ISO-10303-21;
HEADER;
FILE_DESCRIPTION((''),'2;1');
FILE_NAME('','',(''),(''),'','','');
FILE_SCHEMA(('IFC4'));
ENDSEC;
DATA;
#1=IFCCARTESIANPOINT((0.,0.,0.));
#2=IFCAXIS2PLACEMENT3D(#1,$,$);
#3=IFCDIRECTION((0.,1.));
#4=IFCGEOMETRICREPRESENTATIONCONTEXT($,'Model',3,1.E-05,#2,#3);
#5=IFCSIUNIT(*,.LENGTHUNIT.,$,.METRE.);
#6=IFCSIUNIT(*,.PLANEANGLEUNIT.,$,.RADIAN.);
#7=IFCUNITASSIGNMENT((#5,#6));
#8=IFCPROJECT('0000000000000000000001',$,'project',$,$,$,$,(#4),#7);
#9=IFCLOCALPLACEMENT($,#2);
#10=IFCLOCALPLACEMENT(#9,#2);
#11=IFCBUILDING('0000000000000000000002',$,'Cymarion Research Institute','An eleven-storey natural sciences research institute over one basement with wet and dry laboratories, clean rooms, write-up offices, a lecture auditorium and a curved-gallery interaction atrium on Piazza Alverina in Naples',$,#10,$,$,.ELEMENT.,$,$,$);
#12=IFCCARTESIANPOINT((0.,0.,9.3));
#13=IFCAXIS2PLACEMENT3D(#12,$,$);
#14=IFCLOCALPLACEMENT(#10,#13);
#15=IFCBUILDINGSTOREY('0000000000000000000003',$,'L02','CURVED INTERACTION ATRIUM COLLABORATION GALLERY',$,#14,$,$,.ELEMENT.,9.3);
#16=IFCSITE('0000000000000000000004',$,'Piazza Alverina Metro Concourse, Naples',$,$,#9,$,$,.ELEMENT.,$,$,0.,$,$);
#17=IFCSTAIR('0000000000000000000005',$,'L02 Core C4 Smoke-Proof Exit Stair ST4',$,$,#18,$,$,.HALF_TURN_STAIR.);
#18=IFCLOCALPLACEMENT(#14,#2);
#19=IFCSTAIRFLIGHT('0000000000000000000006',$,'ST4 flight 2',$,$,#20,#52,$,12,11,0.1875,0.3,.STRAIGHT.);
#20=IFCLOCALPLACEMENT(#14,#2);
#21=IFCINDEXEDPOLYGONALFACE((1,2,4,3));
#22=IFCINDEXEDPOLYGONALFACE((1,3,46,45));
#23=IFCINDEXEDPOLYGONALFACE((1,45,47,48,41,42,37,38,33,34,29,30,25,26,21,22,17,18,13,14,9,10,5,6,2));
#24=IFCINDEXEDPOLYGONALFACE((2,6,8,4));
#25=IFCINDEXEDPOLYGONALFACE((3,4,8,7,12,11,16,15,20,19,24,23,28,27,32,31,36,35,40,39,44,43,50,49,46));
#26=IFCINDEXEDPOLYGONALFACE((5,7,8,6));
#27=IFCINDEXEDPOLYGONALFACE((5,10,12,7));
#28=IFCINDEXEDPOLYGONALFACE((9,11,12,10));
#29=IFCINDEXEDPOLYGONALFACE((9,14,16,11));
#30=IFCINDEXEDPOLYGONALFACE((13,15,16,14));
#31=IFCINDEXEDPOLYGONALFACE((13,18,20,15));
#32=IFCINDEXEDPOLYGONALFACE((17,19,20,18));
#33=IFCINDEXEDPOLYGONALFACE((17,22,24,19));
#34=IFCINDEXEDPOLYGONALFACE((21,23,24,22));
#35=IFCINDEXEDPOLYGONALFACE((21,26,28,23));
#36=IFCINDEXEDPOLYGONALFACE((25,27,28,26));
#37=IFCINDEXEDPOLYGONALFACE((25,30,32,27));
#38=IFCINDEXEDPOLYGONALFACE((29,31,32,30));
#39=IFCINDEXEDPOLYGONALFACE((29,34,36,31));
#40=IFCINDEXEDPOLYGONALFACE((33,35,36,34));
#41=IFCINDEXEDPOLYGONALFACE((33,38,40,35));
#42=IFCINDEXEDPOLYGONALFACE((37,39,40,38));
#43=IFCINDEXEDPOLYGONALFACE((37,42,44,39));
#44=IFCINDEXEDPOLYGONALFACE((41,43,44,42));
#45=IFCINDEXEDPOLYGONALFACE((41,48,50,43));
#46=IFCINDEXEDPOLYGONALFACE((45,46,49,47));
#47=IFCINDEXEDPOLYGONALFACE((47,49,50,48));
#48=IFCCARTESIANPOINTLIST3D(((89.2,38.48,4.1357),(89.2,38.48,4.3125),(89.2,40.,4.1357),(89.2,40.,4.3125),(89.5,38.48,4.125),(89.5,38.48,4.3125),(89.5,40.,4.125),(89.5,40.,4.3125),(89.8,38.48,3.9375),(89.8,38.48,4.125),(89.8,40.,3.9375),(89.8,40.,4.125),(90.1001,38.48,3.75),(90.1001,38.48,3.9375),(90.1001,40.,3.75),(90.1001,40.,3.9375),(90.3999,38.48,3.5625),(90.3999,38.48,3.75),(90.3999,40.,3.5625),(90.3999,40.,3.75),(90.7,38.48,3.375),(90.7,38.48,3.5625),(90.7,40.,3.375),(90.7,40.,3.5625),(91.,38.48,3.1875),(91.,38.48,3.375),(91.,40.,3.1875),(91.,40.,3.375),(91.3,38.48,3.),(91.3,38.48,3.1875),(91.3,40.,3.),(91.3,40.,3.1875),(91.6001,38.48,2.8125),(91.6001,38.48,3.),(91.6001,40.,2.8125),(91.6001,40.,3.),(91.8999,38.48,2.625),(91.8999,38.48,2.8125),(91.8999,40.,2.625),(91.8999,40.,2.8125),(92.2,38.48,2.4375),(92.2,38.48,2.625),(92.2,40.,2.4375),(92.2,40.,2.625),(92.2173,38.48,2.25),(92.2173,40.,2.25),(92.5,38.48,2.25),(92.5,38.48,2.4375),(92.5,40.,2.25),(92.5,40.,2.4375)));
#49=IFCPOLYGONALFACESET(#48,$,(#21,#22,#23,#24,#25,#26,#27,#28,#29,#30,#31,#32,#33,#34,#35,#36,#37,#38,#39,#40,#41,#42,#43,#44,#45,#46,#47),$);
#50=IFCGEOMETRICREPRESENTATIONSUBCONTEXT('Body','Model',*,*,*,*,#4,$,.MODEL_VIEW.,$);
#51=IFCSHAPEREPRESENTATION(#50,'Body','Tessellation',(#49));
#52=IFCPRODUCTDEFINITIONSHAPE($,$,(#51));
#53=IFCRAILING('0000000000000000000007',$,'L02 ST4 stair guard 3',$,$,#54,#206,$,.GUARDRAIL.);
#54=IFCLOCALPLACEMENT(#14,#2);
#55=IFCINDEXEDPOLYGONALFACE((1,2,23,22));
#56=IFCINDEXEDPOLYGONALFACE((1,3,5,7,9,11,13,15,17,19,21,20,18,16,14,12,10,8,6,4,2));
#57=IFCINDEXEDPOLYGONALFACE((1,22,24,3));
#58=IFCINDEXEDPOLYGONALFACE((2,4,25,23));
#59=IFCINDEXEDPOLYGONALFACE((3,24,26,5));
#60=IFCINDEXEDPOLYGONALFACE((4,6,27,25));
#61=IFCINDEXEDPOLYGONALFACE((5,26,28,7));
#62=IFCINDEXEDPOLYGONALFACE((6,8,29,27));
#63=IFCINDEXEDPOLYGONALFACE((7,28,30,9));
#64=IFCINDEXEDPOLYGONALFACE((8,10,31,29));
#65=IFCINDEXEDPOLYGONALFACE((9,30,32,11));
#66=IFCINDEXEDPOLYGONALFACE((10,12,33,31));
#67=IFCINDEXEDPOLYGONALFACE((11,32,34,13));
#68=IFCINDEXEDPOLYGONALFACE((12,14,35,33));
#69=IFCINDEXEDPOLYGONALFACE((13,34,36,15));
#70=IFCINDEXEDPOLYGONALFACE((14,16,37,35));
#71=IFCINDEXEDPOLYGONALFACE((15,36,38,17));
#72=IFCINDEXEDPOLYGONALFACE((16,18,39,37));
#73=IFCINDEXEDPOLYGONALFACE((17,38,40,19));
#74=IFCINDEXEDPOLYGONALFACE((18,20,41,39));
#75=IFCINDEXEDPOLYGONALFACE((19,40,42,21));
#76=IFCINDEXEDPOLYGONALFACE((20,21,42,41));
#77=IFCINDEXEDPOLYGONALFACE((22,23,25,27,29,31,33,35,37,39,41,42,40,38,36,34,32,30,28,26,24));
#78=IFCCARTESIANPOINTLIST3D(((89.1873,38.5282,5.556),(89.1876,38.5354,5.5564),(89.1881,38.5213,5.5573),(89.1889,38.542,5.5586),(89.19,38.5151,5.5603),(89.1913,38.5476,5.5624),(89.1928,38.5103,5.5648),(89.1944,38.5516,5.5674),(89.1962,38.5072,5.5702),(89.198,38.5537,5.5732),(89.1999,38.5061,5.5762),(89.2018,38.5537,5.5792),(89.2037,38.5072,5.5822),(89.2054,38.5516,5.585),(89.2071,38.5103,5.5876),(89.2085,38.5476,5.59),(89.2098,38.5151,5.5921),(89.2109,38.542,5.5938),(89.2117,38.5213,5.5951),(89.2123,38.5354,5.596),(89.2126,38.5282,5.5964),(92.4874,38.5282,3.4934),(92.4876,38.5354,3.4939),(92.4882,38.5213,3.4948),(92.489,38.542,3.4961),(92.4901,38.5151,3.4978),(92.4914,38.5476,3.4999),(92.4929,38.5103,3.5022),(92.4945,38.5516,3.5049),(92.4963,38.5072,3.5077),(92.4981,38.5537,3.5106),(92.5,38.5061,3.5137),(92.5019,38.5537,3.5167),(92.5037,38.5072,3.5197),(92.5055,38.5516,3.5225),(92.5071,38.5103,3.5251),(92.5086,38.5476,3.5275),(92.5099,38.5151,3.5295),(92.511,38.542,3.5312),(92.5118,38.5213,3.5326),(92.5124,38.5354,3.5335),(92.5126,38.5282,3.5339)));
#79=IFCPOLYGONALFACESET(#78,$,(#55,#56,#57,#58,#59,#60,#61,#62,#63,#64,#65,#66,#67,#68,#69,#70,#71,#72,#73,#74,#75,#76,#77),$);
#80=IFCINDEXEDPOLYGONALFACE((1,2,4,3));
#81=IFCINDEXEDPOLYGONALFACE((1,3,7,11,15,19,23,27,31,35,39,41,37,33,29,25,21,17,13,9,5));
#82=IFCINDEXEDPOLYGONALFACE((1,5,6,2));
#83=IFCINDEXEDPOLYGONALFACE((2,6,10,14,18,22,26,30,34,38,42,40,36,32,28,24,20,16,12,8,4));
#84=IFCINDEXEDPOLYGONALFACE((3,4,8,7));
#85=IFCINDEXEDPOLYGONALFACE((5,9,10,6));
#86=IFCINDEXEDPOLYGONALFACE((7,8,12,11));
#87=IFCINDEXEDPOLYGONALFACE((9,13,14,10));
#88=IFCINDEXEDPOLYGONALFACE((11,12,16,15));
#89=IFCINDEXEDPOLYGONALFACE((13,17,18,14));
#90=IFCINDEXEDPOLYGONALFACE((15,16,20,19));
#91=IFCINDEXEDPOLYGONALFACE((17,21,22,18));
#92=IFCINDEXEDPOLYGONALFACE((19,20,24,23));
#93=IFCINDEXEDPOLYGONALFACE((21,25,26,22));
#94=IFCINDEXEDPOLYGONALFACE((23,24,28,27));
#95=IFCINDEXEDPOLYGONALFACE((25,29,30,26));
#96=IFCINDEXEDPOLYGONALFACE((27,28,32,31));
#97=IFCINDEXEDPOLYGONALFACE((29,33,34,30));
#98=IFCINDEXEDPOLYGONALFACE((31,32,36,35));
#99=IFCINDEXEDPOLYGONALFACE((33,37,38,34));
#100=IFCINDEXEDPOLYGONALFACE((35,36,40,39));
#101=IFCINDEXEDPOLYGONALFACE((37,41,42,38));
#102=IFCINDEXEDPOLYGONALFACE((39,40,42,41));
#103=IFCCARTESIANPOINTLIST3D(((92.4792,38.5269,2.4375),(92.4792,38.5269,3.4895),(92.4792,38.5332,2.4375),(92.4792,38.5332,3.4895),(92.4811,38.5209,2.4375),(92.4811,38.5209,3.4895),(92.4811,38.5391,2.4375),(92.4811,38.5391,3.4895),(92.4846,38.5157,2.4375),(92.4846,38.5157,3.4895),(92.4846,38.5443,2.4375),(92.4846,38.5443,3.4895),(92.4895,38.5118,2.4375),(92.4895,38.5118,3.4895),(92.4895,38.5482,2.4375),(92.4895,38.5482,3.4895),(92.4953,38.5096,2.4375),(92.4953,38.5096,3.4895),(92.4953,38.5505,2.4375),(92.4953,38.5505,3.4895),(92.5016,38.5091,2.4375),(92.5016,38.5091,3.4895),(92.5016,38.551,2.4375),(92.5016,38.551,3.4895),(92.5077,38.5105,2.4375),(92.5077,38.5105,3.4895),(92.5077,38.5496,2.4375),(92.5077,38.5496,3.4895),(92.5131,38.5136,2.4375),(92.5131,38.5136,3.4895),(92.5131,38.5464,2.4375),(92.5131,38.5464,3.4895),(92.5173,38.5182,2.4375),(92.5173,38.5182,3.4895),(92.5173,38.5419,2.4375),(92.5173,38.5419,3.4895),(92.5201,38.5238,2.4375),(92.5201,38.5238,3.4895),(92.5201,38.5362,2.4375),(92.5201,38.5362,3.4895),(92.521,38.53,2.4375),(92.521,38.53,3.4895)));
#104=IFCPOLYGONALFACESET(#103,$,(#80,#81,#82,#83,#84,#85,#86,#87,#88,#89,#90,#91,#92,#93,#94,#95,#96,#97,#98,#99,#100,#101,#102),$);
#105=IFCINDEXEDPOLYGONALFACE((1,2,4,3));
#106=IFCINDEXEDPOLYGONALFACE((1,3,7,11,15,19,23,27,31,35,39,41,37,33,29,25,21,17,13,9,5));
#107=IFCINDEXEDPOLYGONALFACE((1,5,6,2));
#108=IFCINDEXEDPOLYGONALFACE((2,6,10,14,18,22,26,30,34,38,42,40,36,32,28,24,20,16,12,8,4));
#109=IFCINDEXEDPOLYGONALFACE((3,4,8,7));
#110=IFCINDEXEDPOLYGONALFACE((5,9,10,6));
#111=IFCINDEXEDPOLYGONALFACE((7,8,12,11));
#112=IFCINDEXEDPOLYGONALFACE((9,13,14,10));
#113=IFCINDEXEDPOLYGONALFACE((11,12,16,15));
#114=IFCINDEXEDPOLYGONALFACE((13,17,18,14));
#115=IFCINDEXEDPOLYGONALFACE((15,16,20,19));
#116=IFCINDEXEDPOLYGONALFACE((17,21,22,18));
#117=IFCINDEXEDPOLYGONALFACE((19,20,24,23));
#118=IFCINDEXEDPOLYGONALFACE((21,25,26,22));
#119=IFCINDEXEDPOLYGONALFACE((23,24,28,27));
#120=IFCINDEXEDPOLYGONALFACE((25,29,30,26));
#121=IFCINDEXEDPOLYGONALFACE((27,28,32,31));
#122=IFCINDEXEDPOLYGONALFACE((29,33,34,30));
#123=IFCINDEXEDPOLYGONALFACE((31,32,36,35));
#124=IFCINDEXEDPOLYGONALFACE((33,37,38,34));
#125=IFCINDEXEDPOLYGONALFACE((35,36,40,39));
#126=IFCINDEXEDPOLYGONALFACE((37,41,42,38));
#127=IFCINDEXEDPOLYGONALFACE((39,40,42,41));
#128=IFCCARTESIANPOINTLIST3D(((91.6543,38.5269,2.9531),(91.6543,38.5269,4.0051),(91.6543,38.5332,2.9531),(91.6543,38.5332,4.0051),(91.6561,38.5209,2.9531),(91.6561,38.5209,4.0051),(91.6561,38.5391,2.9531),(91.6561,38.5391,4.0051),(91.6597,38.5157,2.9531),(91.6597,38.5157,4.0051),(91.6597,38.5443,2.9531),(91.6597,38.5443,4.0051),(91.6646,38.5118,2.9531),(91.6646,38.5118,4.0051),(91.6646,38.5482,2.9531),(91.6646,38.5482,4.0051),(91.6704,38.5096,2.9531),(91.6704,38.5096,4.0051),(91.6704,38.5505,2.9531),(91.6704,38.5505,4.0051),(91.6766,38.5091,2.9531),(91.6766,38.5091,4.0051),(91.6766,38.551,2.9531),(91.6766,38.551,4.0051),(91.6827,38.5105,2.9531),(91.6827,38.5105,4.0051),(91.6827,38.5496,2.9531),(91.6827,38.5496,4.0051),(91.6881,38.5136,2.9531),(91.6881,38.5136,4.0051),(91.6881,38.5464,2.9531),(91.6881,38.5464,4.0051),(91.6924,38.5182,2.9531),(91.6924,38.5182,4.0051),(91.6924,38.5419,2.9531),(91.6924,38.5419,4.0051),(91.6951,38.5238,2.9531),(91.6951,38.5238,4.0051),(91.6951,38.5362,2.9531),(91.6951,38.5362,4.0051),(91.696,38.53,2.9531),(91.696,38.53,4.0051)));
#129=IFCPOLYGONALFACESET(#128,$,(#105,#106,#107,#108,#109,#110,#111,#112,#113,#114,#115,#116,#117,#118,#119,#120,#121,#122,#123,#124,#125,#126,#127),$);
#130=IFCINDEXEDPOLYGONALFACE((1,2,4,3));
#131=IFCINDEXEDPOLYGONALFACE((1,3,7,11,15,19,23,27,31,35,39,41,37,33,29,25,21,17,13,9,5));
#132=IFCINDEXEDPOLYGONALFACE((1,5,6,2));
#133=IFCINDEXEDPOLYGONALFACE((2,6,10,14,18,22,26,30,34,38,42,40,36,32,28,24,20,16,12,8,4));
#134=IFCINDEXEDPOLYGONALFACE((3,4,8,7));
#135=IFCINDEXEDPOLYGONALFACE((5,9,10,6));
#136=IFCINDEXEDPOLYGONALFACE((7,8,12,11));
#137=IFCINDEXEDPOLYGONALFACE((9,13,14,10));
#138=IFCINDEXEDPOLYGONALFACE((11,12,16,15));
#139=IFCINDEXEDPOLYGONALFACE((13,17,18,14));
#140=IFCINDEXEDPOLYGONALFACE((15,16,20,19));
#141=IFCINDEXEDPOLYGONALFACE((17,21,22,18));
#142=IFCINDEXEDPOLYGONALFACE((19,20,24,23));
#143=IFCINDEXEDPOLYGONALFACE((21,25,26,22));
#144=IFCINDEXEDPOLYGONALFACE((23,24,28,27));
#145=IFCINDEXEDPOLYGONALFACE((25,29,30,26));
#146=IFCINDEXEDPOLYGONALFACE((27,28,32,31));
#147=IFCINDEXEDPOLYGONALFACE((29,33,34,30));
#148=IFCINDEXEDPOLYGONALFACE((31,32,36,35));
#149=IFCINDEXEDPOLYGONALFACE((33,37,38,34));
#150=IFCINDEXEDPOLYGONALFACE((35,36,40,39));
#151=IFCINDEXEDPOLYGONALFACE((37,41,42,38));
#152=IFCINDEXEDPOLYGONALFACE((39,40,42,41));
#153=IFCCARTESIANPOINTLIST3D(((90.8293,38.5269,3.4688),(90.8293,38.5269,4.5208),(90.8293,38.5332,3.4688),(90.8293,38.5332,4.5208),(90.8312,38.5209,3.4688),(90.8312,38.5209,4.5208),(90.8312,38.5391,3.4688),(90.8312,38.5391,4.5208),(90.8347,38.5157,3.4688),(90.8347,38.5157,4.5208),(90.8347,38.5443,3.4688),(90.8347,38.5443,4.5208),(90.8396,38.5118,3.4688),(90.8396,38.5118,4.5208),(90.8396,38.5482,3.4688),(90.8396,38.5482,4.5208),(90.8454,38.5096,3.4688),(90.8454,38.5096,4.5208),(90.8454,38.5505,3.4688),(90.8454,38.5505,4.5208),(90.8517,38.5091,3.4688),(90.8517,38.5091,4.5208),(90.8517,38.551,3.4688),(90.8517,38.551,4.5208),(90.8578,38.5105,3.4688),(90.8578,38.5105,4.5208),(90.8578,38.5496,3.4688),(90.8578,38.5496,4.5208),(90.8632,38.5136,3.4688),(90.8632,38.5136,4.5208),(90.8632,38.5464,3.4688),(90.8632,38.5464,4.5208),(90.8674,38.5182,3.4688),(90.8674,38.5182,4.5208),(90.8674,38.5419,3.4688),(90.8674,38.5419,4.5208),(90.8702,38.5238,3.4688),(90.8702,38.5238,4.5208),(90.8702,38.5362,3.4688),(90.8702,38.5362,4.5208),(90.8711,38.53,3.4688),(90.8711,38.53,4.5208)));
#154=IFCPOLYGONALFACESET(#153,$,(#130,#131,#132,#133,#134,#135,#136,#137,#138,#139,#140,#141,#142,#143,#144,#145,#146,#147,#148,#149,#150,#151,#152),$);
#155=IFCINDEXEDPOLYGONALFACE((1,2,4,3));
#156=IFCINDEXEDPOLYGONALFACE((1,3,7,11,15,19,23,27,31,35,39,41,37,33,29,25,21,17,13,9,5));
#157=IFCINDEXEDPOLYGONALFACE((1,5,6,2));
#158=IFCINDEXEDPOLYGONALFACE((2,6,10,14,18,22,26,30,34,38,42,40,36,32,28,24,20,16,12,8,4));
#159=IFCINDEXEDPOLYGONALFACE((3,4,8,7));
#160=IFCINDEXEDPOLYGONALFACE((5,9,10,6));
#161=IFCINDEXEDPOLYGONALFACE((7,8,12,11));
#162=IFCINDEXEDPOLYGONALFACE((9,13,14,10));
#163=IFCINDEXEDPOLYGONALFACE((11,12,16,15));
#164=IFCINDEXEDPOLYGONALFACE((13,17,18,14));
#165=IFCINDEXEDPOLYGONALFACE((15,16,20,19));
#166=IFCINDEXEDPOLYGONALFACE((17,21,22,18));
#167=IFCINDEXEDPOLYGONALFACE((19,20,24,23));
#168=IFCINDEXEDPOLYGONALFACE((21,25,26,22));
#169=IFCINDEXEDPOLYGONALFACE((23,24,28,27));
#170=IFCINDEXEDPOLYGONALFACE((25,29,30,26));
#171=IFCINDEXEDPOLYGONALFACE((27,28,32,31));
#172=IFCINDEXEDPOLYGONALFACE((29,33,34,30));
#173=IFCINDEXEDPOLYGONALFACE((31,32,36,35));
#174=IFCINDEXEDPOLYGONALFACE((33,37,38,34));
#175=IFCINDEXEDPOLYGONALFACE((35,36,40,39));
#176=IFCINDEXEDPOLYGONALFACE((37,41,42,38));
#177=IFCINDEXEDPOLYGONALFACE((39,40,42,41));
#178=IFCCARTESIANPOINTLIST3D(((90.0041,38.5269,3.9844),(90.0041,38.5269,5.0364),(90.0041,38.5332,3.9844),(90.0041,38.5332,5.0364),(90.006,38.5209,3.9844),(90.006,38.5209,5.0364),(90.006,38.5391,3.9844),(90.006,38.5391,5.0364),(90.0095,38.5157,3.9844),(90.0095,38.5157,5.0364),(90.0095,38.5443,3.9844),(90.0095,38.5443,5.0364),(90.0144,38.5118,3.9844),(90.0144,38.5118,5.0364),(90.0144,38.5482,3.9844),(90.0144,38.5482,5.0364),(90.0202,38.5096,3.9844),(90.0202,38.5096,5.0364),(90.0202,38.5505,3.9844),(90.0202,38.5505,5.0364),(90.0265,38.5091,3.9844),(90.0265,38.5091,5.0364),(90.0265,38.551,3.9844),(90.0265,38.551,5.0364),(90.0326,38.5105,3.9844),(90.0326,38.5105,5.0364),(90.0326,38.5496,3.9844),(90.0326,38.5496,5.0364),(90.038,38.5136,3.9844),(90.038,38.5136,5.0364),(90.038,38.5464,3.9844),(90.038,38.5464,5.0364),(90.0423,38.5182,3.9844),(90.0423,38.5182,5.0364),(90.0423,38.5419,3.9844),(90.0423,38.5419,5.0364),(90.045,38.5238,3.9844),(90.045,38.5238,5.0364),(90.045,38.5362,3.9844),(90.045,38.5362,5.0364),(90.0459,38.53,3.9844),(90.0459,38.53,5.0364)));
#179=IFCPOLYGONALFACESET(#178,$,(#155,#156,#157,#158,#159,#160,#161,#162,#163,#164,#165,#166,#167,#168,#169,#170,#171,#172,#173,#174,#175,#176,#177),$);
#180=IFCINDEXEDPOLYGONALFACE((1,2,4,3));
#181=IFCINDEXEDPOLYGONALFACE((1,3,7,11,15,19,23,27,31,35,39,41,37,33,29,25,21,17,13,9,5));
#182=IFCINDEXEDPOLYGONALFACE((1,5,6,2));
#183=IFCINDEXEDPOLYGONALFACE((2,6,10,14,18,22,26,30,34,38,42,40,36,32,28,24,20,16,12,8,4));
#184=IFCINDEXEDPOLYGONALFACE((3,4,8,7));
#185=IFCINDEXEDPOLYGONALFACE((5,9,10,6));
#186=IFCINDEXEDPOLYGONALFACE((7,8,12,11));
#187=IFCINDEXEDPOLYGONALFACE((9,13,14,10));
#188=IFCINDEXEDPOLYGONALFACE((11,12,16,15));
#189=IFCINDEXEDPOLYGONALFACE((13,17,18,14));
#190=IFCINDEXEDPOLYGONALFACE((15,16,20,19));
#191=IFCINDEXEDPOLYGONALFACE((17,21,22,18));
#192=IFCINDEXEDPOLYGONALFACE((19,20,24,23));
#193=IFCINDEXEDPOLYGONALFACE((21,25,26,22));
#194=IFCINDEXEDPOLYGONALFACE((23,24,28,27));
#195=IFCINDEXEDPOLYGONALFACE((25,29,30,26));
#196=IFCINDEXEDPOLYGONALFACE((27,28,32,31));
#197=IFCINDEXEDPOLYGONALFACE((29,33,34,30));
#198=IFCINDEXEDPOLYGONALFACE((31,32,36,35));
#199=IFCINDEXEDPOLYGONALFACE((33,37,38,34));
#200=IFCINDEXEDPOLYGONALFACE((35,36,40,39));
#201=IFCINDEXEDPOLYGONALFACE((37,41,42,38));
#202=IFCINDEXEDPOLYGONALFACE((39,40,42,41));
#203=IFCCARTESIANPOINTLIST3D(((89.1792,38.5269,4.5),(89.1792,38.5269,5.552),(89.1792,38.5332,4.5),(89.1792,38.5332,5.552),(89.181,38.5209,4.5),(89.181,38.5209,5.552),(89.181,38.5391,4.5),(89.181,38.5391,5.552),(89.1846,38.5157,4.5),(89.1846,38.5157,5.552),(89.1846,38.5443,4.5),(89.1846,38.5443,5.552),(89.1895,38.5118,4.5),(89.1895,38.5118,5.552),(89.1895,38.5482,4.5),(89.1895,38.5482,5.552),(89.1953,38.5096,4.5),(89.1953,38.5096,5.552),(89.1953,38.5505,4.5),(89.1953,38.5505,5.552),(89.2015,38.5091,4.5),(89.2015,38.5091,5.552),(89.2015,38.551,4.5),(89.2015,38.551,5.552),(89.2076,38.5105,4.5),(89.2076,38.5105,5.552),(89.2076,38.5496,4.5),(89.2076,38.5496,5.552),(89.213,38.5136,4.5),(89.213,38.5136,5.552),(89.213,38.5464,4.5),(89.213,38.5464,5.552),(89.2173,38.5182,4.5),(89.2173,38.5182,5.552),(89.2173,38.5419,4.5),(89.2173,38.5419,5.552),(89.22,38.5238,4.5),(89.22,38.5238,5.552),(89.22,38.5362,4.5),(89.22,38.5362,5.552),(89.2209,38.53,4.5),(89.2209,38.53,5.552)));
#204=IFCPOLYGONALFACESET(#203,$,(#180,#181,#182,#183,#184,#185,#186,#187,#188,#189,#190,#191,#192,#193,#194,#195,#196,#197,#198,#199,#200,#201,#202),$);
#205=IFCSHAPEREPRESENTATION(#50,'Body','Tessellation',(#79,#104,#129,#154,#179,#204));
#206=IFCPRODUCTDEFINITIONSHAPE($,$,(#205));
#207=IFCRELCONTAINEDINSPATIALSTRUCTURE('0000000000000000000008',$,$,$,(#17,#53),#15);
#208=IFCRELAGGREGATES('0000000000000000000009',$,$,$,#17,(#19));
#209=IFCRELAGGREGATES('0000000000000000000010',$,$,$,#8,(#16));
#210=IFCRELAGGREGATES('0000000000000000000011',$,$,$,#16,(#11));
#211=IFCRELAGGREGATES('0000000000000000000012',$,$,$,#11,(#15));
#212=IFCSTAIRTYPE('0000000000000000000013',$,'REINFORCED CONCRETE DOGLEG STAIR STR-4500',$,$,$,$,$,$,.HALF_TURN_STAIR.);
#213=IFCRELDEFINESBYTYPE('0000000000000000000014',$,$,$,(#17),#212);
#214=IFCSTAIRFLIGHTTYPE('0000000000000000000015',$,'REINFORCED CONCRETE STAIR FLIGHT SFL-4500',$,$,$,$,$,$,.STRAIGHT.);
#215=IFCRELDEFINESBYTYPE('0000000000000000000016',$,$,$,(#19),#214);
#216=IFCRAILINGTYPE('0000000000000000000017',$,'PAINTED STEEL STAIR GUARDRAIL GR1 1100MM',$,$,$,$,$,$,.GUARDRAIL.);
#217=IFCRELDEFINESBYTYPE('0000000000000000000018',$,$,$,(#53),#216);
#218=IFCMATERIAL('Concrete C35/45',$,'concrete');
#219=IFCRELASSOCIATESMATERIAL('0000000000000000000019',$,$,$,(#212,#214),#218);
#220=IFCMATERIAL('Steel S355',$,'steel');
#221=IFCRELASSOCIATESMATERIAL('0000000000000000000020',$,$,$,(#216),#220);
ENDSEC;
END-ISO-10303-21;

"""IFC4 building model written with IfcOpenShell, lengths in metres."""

from ifc_helpers import new_model, si_unit, direction, frame, origin, origin_2d, place, context, subcontext, project, spatial, polyline, circle, outline, extrude, material, type_object, element, aggregate, save


model = new_model("IFC4")

# Units and contexts
model_context = context("Model", 3, precision=1e-05, world=origin(), true_north=direction((0.0, 1.0)))
body_context = subcontext(model_context, "Body", "Model", "MODEL_VIEW")
ifc_project = project(units=[si_unit("LENGTHUNIT", "METRE"), si_unit("PLANEANGLEUNIT", "RADIAN")], contexts=[model_context])

# Site, building, storey
site_placement = place(None, origin())
site = spatial("IfcSite", under=ifc_project, at=site_placement, Name="Piazza Alverina Metro Concourse, Naples", CompositionType="ELEMENT", RefElevation=0.0)
building_placement = place(site_placement, origin())
building = spatial("IfcBuilding", under=site, at=building_placement, Name="Cymarion Research Institute", Description="An eleven-storey natural sciences research institute over one basement with wet and dry laboratories, clean rooms, write-up offices, a lecture auditorium and a curved-gallery interaction atrium on Piazza Alverina in Naples", CompositionType="ELEMENT")
storey_placement = place(building_placement, frame((0.0, 0.0, 9.3)))
storey = spatial("IfcBuildingStorey", under=building, at=storey_placement, Name="L02", Description="CURVED INTERACTION ATRIUM COLLABORATION GALLERY", CompositionType="ELEMENT", Elevation=9.3)

# Stair, stair flight
ifc_material_1 = material(Name="Concrete C35/45", Category="concrete")
stair_type = type_object("IfcStairType", Name="REINFORCED CONCRETE DOGLEG STAIR STR-4500", PredefinedType="HALF_TURN_STAIR", material=ifc_material_1)
stair_placement = place(storey_placement, origin())
stair = element("IfcStair", 1, at=stair_placement, inside=storey, type_object=stair_type, Name="L02 Core C4 Smoke-Proof Exit Stair ST4", PredefinedType="HALF_TURN_STAIR")
stair_flight_type = type_object("IfcStairFlightType", Name="REINFORCED CONCRETE STAIR FLIGHT SFL-4500", PredefinedType="STRAIGHT", material=ifc_material_1)
stair_flight_placement = place(storey_placement, frame((92.5, 39.24, 2.25), z_axis=(0.0, 0.0, 1.0), x_axis=(-1.0, 0.0, 0.0)))
stair_flight = element("IfcStairFlight", 2, at=stair_flight_placement, type_object=stair_flight_type, Name="ST4 flight 2", NumberOfRisers=12, NumberOfTreads=11, PredefinedType="STRAIGHT", RiserHeight=0.1875, TreadLength=0.3, context=body_context, shape_type="SweptSolid", body=[
    extrude(outline(polyline([(0.0, 0.0), (0.0, 0.1875), (0.3, 0.1875), (0.3, 0.375), (0.6001, 0.375), (0.6001, 0.5625), (0.8999, 0.5625), (0.8999, 0.75), (1.2, 0.75), (1.2, 0.9375), (1.5, 0.9375), (1.5, 1.125), (1.8, 1.125), (1.8, 1.3125), (2.1001, 1.3125), (2.1001, 1.5), (2.3999, 1.5), (2.3999, 1.6875), (2.7, 1.6875), (2.7, 1.875), (3.0, 1.875), (3.0, 2.0625), (3.3, 2.0625), (3.3, 2.25), (3.3, 1.8857), (0.2827, 0.0), (0.0, 0.0)])), frame((0.0, 0.76, 0.0), z_axis=(0.0, -1.0, 0.0), x_axis=(1.0, 0.0, 0.0)), (0.0, 0.0, 1.0), 1.52),
])
aggregate(stair, [stair_flight])

# Railing
ifc_material_2 = material(Name="Steel S355", Category="steel")
railing_type_1 = type_object("IfcRailingType", Name="PAINTED STEEL STAIR GUARDRAIL GR1 1100MM", PredefinedType="GUARDRAIL", material=ifc_material_2)
railing_1_placement = place(storey_placement, frame((92.5, 38.53, 2.4375)))
element("IfcRailing", 3, at=railing_1_placement, inside=storey, type_object=railing_type_1, Name="L02 ST4 stair guard 3", PredefinedType="GUARDRAIL", context=body_context, shape_type="SweptSolid", body=[
    extrude(circle(Radius=0.0239, at=origin_2d()), frame((0.0, 0.0, 1.0762), z_axis=(-0.848002, 0.0, 0.529993), x_axis=(0.0, -1.0, 0.0)), (0.0, 0.0, 1.0), 3.8916),
    extrude(circle(Radius=0.021, at=origin_2d()), origin(), (0.0, 0.0, 1.0), 1.052),
    extrude(circle(Radius=0.021, at=origin_2d()), frame((-0.825, 0.0, 0.5156)), (0.0, 0.0, 1.0), 1.052),
    extrude(circle(Radius=0.021, at=origin_2d()), frame((-1.6499, 0.0, 1.0312)), (0.0, 0.0, 1.0), 1.052),
    extrude(circle(Radius=0.021, at=origin_2d()), frame((-2.4751, 0.0, 1.5469)), (0.0, 0.0, 1.0), 1.052),
    extrude(circle(Radius=0.021, at=origin_2d()), frame((-3.3, 0.0, 2.0625)), (0.0, 0.0, 1.0), 1.052),
])

save(model, "model.ifc")
